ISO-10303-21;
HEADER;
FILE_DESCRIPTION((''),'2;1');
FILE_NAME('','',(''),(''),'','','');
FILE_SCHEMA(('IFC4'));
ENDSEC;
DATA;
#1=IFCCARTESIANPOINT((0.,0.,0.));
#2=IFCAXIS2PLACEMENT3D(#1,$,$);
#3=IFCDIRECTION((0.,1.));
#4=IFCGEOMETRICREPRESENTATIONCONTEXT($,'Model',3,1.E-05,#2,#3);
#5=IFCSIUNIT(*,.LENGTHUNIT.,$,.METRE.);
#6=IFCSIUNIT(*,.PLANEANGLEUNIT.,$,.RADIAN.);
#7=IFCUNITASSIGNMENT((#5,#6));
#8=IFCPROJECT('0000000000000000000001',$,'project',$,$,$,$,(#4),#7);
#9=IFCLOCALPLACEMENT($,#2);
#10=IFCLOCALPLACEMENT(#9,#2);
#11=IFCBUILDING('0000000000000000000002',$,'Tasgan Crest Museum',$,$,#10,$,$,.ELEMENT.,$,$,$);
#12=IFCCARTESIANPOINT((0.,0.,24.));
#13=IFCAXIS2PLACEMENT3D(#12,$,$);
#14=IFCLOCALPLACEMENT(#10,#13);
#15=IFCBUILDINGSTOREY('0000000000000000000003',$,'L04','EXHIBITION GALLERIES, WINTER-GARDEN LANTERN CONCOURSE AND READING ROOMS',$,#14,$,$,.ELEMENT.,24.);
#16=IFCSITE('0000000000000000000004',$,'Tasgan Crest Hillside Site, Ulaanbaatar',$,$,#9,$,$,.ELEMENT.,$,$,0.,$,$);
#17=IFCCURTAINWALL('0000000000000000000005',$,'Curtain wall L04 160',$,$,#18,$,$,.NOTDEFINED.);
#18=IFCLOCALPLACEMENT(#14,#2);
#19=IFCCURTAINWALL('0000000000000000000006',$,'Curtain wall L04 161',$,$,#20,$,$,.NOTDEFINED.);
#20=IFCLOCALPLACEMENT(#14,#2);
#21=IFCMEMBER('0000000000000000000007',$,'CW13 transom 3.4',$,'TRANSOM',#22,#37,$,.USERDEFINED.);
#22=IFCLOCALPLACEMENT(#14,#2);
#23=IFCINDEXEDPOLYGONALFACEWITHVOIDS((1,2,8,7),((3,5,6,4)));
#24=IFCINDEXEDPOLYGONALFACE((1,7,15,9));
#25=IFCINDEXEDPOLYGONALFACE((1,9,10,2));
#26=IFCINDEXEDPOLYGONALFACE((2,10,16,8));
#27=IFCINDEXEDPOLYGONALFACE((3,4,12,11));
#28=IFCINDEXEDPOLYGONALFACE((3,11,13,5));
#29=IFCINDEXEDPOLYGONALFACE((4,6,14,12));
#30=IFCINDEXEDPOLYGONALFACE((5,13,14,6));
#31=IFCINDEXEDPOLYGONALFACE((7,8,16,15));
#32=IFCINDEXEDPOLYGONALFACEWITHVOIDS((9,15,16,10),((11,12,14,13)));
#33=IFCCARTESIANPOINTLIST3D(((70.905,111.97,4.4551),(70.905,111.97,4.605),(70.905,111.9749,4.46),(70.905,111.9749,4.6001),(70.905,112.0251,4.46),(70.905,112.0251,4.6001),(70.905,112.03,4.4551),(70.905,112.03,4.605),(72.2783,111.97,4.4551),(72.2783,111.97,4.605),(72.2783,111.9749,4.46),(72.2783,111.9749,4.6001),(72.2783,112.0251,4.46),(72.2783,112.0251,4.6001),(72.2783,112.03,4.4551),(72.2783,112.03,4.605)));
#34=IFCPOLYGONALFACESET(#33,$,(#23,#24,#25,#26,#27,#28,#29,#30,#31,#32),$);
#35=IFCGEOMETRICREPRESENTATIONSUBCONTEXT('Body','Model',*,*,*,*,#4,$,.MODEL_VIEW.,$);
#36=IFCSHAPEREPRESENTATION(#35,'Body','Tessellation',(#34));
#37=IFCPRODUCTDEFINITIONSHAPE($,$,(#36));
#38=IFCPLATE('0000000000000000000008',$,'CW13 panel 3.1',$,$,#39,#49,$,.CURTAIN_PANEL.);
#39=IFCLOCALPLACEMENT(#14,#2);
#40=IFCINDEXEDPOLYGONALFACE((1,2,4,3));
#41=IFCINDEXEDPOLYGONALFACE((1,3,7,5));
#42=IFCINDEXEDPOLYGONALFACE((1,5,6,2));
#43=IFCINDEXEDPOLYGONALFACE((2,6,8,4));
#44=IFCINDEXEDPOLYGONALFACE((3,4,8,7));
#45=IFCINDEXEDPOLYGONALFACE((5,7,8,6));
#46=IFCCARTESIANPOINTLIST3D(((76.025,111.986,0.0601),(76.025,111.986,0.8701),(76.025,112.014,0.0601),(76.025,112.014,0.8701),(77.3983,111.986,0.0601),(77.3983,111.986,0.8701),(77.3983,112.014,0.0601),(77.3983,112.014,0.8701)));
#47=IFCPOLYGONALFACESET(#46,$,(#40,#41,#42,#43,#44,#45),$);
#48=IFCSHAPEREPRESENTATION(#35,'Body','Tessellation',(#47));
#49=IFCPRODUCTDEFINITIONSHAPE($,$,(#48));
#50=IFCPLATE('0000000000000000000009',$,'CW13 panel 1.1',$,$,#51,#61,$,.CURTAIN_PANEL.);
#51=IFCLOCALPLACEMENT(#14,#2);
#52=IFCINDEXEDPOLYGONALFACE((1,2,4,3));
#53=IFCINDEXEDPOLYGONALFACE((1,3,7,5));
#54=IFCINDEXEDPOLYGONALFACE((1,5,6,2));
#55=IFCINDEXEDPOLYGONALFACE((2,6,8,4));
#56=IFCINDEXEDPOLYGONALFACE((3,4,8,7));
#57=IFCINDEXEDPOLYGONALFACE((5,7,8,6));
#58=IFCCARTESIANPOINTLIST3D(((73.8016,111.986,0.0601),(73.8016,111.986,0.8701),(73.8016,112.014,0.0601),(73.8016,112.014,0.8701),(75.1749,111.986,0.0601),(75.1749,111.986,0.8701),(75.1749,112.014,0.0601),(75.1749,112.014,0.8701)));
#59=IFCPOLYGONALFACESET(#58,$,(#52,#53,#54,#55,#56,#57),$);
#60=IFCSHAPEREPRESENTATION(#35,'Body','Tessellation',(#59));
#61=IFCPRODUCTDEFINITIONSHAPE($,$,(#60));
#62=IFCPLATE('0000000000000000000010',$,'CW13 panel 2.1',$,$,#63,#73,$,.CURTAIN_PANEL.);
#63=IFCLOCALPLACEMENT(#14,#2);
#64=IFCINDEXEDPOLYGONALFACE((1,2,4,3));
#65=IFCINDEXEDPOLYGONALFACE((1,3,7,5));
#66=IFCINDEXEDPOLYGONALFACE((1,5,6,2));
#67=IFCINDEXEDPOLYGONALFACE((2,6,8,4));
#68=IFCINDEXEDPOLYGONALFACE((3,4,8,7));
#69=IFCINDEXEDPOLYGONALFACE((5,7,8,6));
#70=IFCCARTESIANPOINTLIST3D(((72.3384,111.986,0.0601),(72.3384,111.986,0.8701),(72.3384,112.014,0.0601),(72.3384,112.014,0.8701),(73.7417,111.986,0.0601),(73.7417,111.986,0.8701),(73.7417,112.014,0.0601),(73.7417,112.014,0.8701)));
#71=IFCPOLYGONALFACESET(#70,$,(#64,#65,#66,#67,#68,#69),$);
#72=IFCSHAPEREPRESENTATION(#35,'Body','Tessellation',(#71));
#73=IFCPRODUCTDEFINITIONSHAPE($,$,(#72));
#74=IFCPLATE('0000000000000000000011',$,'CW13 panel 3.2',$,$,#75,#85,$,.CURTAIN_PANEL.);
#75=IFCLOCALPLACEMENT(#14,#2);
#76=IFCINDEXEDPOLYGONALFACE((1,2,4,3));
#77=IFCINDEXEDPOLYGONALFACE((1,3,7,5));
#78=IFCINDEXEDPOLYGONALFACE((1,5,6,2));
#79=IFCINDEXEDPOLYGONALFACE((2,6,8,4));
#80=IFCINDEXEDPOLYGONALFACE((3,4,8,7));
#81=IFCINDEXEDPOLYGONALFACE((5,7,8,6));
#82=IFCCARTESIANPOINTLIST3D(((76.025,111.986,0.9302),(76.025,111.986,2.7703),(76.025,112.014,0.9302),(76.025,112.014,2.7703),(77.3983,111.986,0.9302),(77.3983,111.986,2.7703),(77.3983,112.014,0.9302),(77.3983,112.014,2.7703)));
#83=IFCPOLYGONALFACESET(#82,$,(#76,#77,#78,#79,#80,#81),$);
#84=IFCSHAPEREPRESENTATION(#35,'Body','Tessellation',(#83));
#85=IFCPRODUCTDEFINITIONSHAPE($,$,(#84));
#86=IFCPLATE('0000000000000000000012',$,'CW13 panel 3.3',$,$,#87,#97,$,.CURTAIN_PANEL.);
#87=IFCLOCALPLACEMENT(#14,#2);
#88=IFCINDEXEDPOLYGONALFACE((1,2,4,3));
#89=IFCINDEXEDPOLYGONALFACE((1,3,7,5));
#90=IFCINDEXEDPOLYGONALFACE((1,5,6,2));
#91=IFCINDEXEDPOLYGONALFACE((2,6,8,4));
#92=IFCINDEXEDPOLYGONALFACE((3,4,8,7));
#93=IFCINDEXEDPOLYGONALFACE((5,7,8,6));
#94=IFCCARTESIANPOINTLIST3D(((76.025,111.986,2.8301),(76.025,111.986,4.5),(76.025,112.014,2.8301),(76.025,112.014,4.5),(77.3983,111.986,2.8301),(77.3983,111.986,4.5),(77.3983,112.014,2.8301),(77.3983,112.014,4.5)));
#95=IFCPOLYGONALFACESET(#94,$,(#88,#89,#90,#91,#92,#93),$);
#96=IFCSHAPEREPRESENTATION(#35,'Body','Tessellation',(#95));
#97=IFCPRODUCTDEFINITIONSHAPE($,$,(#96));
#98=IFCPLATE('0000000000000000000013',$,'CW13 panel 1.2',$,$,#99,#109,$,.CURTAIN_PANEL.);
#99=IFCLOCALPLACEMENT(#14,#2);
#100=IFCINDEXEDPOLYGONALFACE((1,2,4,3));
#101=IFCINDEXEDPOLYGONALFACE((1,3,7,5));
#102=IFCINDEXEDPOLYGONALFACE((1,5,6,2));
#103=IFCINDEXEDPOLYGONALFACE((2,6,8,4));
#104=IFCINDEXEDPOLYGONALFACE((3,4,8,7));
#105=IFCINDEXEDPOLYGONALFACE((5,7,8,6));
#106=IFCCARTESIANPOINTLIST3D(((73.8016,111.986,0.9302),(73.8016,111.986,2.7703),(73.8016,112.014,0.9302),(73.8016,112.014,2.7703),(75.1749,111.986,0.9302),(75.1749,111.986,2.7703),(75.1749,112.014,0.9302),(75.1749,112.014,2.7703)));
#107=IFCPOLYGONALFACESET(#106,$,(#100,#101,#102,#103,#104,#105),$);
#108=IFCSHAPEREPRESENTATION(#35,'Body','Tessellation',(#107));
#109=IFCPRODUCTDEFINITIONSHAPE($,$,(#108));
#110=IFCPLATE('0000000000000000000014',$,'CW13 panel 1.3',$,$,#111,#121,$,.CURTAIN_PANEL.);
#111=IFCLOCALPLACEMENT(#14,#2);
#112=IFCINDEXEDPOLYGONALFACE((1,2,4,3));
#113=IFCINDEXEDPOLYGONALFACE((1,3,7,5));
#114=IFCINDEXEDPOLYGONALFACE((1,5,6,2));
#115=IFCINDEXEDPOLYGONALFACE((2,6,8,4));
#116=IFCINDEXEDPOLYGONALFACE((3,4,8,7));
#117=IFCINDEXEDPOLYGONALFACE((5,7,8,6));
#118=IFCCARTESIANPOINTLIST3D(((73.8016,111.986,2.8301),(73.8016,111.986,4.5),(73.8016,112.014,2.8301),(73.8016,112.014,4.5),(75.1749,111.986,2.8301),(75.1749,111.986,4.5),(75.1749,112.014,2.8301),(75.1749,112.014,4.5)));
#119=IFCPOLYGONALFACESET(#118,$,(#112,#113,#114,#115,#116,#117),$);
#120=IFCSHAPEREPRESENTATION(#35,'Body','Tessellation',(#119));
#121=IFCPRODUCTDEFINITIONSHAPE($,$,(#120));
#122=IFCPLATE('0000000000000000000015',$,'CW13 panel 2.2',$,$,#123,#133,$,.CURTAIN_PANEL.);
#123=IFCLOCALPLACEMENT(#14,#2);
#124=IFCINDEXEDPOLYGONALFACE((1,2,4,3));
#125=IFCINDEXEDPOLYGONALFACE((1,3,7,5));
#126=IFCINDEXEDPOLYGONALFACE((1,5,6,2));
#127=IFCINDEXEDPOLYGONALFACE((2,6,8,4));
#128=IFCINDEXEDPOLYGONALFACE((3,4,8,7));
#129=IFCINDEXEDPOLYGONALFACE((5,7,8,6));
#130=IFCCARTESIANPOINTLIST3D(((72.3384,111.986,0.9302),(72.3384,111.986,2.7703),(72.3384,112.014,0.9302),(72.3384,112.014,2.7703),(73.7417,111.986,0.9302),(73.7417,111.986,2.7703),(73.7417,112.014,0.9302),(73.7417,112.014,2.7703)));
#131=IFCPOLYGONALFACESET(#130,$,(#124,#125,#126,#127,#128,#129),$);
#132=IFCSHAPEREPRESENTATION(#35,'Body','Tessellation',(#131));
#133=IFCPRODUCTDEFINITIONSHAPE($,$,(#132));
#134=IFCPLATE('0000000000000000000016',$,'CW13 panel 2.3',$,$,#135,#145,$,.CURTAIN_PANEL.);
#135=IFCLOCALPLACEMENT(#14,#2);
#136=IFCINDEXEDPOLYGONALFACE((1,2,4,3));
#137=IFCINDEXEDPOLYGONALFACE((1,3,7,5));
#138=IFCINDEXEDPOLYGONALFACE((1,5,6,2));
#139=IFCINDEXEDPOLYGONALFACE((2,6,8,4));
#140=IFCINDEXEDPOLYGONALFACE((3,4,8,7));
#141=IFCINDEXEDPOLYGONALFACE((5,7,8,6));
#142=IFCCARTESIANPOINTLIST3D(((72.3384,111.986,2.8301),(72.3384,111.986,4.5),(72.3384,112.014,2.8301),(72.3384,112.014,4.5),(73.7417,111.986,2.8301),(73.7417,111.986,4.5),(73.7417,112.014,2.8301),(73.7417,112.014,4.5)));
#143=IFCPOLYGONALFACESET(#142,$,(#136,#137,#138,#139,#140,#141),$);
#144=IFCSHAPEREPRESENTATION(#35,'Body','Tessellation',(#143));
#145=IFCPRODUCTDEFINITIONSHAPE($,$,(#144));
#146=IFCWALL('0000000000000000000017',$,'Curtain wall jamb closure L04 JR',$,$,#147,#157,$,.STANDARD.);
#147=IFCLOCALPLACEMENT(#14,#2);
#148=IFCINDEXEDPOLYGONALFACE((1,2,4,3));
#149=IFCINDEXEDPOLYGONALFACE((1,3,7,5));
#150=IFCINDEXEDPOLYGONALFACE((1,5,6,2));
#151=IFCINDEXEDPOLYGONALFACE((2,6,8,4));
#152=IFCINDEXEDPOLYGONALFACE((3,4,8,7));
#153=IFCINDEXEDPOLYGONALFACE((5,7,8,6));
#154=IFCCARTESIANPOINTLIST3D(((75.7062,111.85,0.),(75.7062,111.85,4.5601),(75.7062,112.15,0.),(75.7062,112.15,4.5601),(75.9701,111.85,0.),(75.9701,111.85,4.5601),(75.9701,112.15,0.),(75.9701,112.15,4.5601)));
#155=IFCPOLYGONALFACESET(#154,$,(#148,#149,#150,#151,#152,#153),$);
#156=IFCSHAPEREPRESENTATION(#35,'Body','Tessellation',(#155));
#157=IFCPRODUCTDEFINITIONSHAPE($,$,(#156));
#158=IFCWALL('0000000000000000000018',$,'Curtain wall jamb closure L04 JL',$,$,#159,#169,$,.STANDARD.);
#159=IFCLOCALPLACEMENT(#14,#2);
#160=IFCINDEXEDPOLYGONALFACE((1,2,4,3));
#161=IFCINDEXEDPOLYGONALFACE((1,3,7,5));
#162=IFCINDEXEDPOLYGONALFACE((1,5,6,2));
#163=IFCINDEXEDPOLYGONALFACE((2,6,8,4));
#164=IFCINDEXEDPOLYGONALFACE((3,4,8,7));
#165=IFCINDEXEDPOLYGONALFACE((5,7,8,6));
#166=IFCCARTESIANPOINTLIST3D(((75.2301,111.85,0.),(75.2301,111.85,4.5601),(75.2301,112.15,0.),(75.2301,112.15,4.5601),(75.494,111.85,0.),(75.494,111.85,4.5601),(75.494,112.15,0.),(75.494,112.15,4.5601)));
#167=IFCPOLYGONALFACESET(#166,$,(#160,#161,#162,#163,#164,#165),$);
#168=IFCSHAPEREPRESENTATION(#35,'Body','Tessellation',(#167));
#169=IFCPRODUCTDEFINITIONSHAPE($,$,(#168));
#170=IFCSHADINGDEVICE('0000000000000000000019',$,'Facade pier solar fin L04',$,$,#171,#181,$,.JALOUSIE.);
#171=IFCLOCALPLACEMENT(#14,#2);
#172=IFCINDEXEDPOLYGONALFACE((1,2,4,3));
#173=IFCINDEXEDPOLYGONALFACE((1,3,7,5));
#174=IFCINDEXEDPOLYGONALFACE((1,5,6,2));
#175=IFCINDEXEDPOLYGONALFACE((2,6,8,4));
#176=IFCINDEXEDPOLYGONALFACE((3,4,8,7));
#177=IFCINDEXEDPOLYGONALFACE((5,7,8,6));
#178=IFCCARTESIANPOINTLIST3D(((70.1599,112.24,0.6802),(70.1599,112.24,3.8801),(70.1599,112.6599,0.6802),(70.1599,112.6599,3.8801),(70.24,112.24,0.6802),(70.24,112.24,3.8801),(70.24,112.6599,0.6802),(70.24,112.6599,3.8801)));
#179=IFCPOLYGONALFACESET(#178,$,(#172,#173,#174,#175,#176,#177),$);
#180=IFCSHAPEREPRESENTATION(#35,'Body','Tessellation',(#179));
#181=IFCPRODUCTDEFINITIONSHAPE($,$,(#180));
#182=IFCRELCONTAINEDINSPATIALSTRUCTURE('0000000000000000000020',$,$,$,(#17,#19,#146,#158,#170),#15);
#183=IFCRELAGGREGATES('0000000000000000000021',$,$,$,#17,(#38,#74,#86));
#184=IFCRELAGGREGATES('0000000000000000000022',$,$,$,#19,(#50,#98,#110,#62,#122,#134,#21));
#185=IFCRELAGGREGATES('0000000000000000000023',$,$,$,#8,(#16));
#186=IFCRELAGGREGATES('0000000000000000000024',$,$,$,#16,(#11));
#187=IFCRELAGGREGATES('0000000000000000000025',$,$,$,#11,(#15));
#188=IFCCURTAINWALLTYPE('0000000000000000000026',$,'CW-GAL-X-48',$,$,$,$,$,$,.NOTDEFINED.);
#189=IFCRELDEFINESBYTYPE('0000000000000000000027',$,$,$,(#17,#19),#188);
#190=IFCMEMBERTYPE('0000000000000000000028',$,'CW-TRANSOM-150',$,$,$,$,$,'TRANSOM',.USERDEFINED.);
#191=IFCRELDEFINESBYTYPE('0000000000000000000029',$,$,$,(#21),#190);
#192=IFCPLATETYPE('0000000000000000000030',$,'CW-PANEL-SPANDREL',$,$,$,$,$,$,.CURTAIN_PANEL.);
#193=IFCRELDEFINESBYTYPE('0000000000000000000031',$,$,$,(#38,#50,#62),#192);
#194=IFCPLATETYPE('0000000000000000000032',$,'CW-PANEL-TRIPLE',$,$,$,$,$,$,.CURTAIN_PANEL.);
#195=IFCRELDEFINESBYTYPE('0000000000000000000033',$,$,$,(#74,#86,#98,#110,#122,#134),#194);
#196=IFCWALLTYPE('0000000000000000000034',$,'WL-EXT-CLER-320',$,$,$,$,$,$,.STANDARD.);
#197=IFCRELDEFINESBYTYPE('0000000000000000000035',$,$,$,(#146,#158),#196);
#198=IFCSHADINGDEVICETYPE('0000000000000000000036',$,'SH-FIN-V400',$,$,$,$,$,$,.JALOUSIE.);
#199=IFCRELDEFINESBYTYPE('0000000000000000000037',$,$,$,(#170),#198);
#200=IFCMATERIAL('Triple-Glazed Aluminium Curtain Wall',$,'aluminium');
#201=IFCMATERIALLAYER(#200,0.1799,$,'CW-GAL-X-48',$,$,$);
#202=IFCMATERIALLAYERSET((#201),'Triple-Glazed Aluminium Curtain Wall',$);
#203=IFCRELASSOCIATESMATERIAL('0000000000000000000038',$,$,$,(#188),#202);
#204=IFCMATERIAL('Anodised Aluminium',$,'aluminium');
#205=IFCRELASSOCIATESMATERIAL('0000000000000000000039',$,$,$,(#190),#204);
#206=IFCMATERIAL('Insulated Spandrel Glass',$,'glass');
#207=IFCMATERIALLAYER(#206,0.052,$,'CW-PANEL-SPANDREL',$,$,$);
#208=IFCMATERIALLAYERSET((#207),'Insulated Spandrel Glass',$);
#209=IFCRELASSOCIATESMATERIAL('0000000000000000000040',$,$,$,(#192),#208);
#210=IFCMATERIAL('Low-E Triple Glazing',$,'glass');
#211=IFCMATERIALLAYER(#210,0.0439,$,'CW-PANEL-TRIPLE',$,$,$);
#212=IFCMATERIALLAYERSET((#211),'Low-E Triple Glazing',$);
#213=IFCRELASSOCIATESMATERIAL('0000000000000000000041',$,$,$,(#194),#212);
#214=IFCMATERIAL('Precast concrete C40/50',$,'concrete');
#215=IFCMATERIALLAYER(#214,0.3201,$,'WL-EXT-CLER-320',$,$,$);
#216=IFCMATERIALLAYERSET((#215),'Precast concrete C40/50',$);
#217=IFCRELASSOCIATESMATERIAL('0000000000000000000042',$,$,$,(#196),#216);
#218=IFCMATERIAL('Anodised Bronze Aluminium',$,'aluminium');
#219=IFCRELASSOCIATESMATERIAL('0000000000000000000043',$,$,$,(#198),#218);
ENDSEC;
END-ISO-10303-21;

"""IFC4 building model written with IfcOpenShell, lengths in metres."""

from ifc_helpers import new_model, si_unit, direction, frame, frame_2d, origin, origin_2d, place, context, subcontext, project, spatial, rectangle, hollow_rectangle, extrude, material, layer, layer_set, material_profile, profile_set, type_object, element, aggregate, save


model = new_model("IFC4")

# Units and contexts
model_context = context("Model", 3, precision=1e-05, world=origin(), true_north=direction((0.0, 1.0)))
body_context = subcontext(model_context, "Body", "Model", "MODEL_VIEW")
ifc_project = project(units=[si_unit("LENGTHUNIT", "METRE"), si_unit("PLANEANGLEUNIT", "RADIAN")], contexts=[model_context])

# Site, building, storey
site_placement = place(None, origin())
site = spatial("IfcSite", under=ifc_project, at=site_placement, Name="Tasgan Crest Hillside Site, Ulaanbaatar", CompositionType="ELEMENT", RefElevation=0.0)
building_placement = place(site_placement, origin())
building = spatial("IfcBuilding", under=site, at=building_placement, Name="Tasgan Crest Museum", CompositionType="ELEMENT")
storey_placement = place(building_placement, frame((0.0, 0.0, 24.0)))
storey = spatial("IfcBuildingStorey", under=building, at=storey_placement, Name="L04", Description="EXHIBITION GALLERIES, WINTER-GARDEN LANTERN CONCOURSE AND READING ROOMS", CompositionType="ELEMENT", Elevation=24.0)

# Curtain wall
ifc_material_1 = material(Name="Triple-Glazed Aluminium Curtain Wall", Category="aluminium")
ifc_layer_1 = layer(ifc_material_1, 0.1799, Name="CW-GAL-X-48")
ifc_layer_set_1 = layer_set([ifc_layer_1], Name="Triple-Glazed Aluminium Curtain Wall")
curtain_wall_type = type_object("IfcCurtainWallType", Name="CW-GAL-X-48", PredefinedType="NOTDEFINED", material=ifc_layer_set_1)
curtain_wall_1_placement = place(storey_placement, origin())
curtain_wall_1 = element("IfcCurtainWall", 1, at=curtain_wall_1_placement, inside=storey, type_object=curtain_wall_type, Name="Curtain wall L04 160", PredefinedType="NOTDEFINED")

# Curtain wall, member
curtain_wall_2_placement = place(storey_placement, origin())
curtain_wall_2 = element("IfcCurtainWall", 2, at=curtain_wall_2_placement, inside=storey, type_object=curtain_wall_type, Name="Curtain wall L04 161", PredefinedType="NOTDEFINED")
ifc_material_2 = material(Name="Anodised Aluminium", Category="aluminium")
ifc_material_profile_1 = material_profile(ifc_material_2, hollow_rectangle(XDim=0.0601, YDim=0.1499, WallThickness=0.0049, at=origin_2d()), Name="ALU TRANSOM 150x60x5")
ifc_profile_set_1 = profile_set([ifc_material_profile_1], Name="Anodised Aluminium")
member_type_1 = type_object("IfcMemberType", Name="CW-TRANSOM-150", ElementType="TRANSOM", PredefinedType="USERDEFINED", material=ifc_profile_set_1)
member_1_placement = place(storey_placement, frame((72.2783, 112.0, 4.53), z_axis=(-1.0, 0.0, 0.0), x_axis=(0.0, -1.0, 0.0)))
member_1 = element("IfcMember", 3, at=member_1_placement, type_object=member_type_1, Name="CW13 transom 3.4", ObjectType="TRANSOM", PredefinedType="USERDEFINED", context=body_context, shape_type="SweptSolid", body=[
    extrude(hollow_rectangle(XDim=0.0601, YDim=0.1499, WallThickness=0.0049, at=origin_2d()), origin(), (0.0, 0.0, 1.0), 1.3733),
])

# Plates
ifc_material_3 = material(Name="Insulated Spandrel Glass", Category="glass")
ifc_layer_2 = layer(ifc_material_3, 0.052, Name="CW-PANEL-SPANDREL")
ifc_layer_set_2 = layer_set([ifc_layer_2], Name="Insulated Spandrel Glass")
plate_type_1 = type_object("IfcPlateType", Name="CW-PANEL-SPANDREL", PredefinedType="CURTAIN_PANEL", material=ifc_layer_set_2)
plate_1_placement = place(storey_placement, frame((76.7117, 112.0, 0.0601), z_axis=(0.0, 0.0, 1.0), x_axis=(-1.0, 0.0, 0.0)))
plate_1 = element("IfcPlate", 4, at=plate_1_placement, type_object=plate_type_1, Name="CW13 panel 3.1", PredefinedType="CURTAIN_PANEL", context=body_context, shape_type="SweptSolid", body=[
    extrude(rectangle(XDim=1.3733, YDim=0.0281, at=origin_2d()), origin(), (0.0, 0.0, 1.0), 0.8101),
])
plate_2_placement = place(storey_placement, frame((74.4883, 112.0, 0.0601), z_axis=(0.0, 0.0, 1.0), x_axis=(-1.0, 0.0, 0.0)))
plate_2 = element("IfcPlate", 5, at=plate_2_placement, type_object=plate_type_1, Name="CW13 panel 1.1", PredefinedType="CURTAIN_PANEL", context=body_context, shape_type="SweptSolid", body=[
    extrude(rectangle(XDim=1.3733, YDim=0.0281, at=origin_2d()), origin(), (0.0, 0.0, 1.0), 0.8101),
])
plate_3_placement = place(storey_placement, frame((73.04, 112.0, 0.0601), z_axis=(0.0, 0.0, 1.0), x_axis=(-1.0, 0.0, 0.0)))
plate_3 = element("IfcPlate", 6, at=plate_3_placement, type_object=plate_type_1, Name="CW13 panel 2.1", PredefinedType="CURTAIN_PANEL", context=body_context, shape_type="SweptSolid", body=[
    extrude(rectangle(XDim=1.4033, YDim=0.0281, at=origin_2d()), origin(), (0.0, 0.0, 1.0), 0.8101),
])
ifc_material_4 = material(Name="Low-E Triple Glazing", Category="glass")
ifc_layer_3 = layer(ifc_material_4, 0.0439, Name="CW-PANEL-TRIPLE")
ifc_layer_set_3 = layer_set([ifc_layer_3], Name="Low-E Triple Glazing")
plate_type_2 = type_object("IfcPlateType", Name="CW-PANEL-TRIPLE", PredefinedType="CURTAIN_PANEL", material=ifc_layer_set_3)
plate_4_placement = place(storey_placement, frame((76.7117, 112.0, 0.9302), z_axis=(0.0, 0.0, 1.0), x_axis=(-1.0, 0.0, 0.0)))
plate_4 = element("IfcPlate", 7, at=plate_4_placement, type_object=plate_type_2, Name="CW13 panel 3.2", PredefinedType="CURTAIN_PANEL", context=body_context, shape_type="SweptSolid", body=[
    extrude(rectangle(XDim=1.3733, YDim=0.0281, at=origin_2d()), origin(), (0.0, 0.0, 1.0), 1.8401),
])
plate_5_placement = place(storey_placement, frame((76.7117, 112.0, 2.8301), z_axis=(0.0, 0.0, 1.0), x_axis=(-1.0, 0.0, 0.0)))
plate_5 = element("IfcPlate", 8, at=plate_5_placement, type_object=plate_type_2, Name="CW13 panel 3.3", PredefinedType="CURTAIN_PANEL", context=body_context, shape_type="SweptSolid", body=[
    extrude(rectangle(XDim=1.3733, YDim=0.0281, at=origin_2d()), origin(), (0.0, 0.0, 1.0), 1.6699),
])
aggregate(curtain_wall_1, [plate_1, plate_4, plate_5])
plate_6_placement = place(storey_placement, frame((74.4883, 112.0, 0.9302), z_axis=(0.0, 0.0, 1.0), x_axis=(-1.0, 0.0, 0.0)))
plate_6 = element("IfcPlate", 9, at=plate_6_placement, type_object=plate_type_2, Name="CW13 panel 1.2", PredefinedType="CURTAIN_PANEL", context=body_context, shape_type="SweptSolid", body=[
    extrude(rectangle(XDim=1.3733, YDim=0.0281, at=origin_2d()), origin(), (0.0, 0.0, 1.0), 1.8401),
])
plate_7_placement = place(storey_placement, frame((74.4883, 112.0, 2.8301), z_axis=(0.0, 0.0, 1.0), x_axis=(-1.0, 0.0, 0.0)))
plate_7 = element("IfcPlate", 10, at=plate_7_placement, type_object=plate_type_2, Name="CW13 panel 1.3", PredefinedType="CURTAIN_PANEL", context=body_context, shape_type="SweptSolid", body=[
    extrude(rectangle(XDim=1.3733, YDim=0.0281, at=origin_2d()), origin(), (0.0, 0.0, 1.0), 1.6699),
])
plate_8_placement = place(storey_placement, frame((73.04, 112.0, 0.9302), z_axis=(0.0, 0.0, 1.0), x_axis=(-1.0, 0.0, 0.0)))
plate_8 = element("IfcPlate", 11, at=plate_8_placement, type_object=plate_type_2, Name="CW13 panel 2.2", PredefinedType="CURTAIN_PANEL", context=body_context, shape_type="SweptSolid", body=[
    extrude(rectangle(XDim=1.4033, YDim=0.0281, at=origin_2d()), origin(), (0.0, 0.0, 1.0), 1.8401),
])
plate_9_placement = place(storey_placement, frame((73.04, 112.0, 2.8301), z_axis=(0.0, 0.0, 1.0), x_axis=(-1.0, 0.0, 0.0)))
plate_9 = element("IfcPlate", 12, at=plate_9_placement, type_object=plate_type_2, Name="CW13 panel 2.3", PredefinedType="CURTAIN_PANEL", context=body_context, shape_type="SweptSolid", body=[
    extrude(rectangle(XDim=1.4033, YDim=0.0281, at=origin_2d()), origin(), (0.0, 0.0, 1.0), 1.6699),
])
aggregate(curtain_wall_2, [plate_2, plate_6, plate_7, plate_3, plate_8, plate_9, member_1])

# Walls
ifc_material_5 = material(Name="Precast concrete C40/50", Category="concrete")
ifc_layer_4 = layer(ifc_material_5, 0.3201, Name="WL-EXT-CLER-320")
ifc_layer_set_4 = layer_set([ifc_layer_4], Name="Precast concrete C40/50")
wall_type = type_object("IfcWallType", Name="WL-EXT-CLER-320", PredefinedType="STANDARD", material=ifc_layer_set_4)
for number, where, z_axis, x_axis, name in (
    (13, (75.97, 112.0, 0.0), (0.0, 0.0, 1.0), (-1.0, 0.0, 0.0), "Curtain wall jamb closure L04 JR"),
    (14, (75.4939, 112.0, 0.0), (0.0, 0.0, 1.0), (-1.0, 0.0, 0.0), "Curtain wall jamb closure L04 JL"),
):
    element("IfcWall", number, at=place(storey_placement, frame(where, z_axis=z_axis, x_axis=x_axis)), inside=storey, type_object=wall_type, Name=name, PredefinedType="STANDARD", context=body_context, shape_type="SweptSolid", body=[
        extrude(rectangle(XDim=0.2639, YDim=0.3, at=frame_2d((0.1318, 0.0))), origin(), (0.0, 0.0, 1.0), 4.5601),
    ])

# Shading device
ifc_material_6 = material(Name="Anodised Bronze Aluminium", Category="aluminium")
shading_device_type = type_object("IfcShadingDeviceType", Name="SH-FIN-V400", PredefinedType="JALOUSIE", material=ifc_material_6)
shading_device_placement = place(storey_placement, frame((70.2, 112.45, 0.6802), z_axis=(0.0, 0.0, 1.0), x_axis=(-1.0, 0.0, 0.0)))
element("IfcShadingDevice", 15, at=shading_device_placement, inside=storey, type_object=shading_device_type, Name="Facade pier solar fin L04", PredefinedType="JALOUSIE", context=body_context, shape_type="SweptSolid", body=[
    extrude(rectangle(XDim=0.0801, YDim=0.4199, at=origin_2d()), origin(), (0.0, 0.0, 1.0), 3.2),
])

save(model, "model.ifc")
